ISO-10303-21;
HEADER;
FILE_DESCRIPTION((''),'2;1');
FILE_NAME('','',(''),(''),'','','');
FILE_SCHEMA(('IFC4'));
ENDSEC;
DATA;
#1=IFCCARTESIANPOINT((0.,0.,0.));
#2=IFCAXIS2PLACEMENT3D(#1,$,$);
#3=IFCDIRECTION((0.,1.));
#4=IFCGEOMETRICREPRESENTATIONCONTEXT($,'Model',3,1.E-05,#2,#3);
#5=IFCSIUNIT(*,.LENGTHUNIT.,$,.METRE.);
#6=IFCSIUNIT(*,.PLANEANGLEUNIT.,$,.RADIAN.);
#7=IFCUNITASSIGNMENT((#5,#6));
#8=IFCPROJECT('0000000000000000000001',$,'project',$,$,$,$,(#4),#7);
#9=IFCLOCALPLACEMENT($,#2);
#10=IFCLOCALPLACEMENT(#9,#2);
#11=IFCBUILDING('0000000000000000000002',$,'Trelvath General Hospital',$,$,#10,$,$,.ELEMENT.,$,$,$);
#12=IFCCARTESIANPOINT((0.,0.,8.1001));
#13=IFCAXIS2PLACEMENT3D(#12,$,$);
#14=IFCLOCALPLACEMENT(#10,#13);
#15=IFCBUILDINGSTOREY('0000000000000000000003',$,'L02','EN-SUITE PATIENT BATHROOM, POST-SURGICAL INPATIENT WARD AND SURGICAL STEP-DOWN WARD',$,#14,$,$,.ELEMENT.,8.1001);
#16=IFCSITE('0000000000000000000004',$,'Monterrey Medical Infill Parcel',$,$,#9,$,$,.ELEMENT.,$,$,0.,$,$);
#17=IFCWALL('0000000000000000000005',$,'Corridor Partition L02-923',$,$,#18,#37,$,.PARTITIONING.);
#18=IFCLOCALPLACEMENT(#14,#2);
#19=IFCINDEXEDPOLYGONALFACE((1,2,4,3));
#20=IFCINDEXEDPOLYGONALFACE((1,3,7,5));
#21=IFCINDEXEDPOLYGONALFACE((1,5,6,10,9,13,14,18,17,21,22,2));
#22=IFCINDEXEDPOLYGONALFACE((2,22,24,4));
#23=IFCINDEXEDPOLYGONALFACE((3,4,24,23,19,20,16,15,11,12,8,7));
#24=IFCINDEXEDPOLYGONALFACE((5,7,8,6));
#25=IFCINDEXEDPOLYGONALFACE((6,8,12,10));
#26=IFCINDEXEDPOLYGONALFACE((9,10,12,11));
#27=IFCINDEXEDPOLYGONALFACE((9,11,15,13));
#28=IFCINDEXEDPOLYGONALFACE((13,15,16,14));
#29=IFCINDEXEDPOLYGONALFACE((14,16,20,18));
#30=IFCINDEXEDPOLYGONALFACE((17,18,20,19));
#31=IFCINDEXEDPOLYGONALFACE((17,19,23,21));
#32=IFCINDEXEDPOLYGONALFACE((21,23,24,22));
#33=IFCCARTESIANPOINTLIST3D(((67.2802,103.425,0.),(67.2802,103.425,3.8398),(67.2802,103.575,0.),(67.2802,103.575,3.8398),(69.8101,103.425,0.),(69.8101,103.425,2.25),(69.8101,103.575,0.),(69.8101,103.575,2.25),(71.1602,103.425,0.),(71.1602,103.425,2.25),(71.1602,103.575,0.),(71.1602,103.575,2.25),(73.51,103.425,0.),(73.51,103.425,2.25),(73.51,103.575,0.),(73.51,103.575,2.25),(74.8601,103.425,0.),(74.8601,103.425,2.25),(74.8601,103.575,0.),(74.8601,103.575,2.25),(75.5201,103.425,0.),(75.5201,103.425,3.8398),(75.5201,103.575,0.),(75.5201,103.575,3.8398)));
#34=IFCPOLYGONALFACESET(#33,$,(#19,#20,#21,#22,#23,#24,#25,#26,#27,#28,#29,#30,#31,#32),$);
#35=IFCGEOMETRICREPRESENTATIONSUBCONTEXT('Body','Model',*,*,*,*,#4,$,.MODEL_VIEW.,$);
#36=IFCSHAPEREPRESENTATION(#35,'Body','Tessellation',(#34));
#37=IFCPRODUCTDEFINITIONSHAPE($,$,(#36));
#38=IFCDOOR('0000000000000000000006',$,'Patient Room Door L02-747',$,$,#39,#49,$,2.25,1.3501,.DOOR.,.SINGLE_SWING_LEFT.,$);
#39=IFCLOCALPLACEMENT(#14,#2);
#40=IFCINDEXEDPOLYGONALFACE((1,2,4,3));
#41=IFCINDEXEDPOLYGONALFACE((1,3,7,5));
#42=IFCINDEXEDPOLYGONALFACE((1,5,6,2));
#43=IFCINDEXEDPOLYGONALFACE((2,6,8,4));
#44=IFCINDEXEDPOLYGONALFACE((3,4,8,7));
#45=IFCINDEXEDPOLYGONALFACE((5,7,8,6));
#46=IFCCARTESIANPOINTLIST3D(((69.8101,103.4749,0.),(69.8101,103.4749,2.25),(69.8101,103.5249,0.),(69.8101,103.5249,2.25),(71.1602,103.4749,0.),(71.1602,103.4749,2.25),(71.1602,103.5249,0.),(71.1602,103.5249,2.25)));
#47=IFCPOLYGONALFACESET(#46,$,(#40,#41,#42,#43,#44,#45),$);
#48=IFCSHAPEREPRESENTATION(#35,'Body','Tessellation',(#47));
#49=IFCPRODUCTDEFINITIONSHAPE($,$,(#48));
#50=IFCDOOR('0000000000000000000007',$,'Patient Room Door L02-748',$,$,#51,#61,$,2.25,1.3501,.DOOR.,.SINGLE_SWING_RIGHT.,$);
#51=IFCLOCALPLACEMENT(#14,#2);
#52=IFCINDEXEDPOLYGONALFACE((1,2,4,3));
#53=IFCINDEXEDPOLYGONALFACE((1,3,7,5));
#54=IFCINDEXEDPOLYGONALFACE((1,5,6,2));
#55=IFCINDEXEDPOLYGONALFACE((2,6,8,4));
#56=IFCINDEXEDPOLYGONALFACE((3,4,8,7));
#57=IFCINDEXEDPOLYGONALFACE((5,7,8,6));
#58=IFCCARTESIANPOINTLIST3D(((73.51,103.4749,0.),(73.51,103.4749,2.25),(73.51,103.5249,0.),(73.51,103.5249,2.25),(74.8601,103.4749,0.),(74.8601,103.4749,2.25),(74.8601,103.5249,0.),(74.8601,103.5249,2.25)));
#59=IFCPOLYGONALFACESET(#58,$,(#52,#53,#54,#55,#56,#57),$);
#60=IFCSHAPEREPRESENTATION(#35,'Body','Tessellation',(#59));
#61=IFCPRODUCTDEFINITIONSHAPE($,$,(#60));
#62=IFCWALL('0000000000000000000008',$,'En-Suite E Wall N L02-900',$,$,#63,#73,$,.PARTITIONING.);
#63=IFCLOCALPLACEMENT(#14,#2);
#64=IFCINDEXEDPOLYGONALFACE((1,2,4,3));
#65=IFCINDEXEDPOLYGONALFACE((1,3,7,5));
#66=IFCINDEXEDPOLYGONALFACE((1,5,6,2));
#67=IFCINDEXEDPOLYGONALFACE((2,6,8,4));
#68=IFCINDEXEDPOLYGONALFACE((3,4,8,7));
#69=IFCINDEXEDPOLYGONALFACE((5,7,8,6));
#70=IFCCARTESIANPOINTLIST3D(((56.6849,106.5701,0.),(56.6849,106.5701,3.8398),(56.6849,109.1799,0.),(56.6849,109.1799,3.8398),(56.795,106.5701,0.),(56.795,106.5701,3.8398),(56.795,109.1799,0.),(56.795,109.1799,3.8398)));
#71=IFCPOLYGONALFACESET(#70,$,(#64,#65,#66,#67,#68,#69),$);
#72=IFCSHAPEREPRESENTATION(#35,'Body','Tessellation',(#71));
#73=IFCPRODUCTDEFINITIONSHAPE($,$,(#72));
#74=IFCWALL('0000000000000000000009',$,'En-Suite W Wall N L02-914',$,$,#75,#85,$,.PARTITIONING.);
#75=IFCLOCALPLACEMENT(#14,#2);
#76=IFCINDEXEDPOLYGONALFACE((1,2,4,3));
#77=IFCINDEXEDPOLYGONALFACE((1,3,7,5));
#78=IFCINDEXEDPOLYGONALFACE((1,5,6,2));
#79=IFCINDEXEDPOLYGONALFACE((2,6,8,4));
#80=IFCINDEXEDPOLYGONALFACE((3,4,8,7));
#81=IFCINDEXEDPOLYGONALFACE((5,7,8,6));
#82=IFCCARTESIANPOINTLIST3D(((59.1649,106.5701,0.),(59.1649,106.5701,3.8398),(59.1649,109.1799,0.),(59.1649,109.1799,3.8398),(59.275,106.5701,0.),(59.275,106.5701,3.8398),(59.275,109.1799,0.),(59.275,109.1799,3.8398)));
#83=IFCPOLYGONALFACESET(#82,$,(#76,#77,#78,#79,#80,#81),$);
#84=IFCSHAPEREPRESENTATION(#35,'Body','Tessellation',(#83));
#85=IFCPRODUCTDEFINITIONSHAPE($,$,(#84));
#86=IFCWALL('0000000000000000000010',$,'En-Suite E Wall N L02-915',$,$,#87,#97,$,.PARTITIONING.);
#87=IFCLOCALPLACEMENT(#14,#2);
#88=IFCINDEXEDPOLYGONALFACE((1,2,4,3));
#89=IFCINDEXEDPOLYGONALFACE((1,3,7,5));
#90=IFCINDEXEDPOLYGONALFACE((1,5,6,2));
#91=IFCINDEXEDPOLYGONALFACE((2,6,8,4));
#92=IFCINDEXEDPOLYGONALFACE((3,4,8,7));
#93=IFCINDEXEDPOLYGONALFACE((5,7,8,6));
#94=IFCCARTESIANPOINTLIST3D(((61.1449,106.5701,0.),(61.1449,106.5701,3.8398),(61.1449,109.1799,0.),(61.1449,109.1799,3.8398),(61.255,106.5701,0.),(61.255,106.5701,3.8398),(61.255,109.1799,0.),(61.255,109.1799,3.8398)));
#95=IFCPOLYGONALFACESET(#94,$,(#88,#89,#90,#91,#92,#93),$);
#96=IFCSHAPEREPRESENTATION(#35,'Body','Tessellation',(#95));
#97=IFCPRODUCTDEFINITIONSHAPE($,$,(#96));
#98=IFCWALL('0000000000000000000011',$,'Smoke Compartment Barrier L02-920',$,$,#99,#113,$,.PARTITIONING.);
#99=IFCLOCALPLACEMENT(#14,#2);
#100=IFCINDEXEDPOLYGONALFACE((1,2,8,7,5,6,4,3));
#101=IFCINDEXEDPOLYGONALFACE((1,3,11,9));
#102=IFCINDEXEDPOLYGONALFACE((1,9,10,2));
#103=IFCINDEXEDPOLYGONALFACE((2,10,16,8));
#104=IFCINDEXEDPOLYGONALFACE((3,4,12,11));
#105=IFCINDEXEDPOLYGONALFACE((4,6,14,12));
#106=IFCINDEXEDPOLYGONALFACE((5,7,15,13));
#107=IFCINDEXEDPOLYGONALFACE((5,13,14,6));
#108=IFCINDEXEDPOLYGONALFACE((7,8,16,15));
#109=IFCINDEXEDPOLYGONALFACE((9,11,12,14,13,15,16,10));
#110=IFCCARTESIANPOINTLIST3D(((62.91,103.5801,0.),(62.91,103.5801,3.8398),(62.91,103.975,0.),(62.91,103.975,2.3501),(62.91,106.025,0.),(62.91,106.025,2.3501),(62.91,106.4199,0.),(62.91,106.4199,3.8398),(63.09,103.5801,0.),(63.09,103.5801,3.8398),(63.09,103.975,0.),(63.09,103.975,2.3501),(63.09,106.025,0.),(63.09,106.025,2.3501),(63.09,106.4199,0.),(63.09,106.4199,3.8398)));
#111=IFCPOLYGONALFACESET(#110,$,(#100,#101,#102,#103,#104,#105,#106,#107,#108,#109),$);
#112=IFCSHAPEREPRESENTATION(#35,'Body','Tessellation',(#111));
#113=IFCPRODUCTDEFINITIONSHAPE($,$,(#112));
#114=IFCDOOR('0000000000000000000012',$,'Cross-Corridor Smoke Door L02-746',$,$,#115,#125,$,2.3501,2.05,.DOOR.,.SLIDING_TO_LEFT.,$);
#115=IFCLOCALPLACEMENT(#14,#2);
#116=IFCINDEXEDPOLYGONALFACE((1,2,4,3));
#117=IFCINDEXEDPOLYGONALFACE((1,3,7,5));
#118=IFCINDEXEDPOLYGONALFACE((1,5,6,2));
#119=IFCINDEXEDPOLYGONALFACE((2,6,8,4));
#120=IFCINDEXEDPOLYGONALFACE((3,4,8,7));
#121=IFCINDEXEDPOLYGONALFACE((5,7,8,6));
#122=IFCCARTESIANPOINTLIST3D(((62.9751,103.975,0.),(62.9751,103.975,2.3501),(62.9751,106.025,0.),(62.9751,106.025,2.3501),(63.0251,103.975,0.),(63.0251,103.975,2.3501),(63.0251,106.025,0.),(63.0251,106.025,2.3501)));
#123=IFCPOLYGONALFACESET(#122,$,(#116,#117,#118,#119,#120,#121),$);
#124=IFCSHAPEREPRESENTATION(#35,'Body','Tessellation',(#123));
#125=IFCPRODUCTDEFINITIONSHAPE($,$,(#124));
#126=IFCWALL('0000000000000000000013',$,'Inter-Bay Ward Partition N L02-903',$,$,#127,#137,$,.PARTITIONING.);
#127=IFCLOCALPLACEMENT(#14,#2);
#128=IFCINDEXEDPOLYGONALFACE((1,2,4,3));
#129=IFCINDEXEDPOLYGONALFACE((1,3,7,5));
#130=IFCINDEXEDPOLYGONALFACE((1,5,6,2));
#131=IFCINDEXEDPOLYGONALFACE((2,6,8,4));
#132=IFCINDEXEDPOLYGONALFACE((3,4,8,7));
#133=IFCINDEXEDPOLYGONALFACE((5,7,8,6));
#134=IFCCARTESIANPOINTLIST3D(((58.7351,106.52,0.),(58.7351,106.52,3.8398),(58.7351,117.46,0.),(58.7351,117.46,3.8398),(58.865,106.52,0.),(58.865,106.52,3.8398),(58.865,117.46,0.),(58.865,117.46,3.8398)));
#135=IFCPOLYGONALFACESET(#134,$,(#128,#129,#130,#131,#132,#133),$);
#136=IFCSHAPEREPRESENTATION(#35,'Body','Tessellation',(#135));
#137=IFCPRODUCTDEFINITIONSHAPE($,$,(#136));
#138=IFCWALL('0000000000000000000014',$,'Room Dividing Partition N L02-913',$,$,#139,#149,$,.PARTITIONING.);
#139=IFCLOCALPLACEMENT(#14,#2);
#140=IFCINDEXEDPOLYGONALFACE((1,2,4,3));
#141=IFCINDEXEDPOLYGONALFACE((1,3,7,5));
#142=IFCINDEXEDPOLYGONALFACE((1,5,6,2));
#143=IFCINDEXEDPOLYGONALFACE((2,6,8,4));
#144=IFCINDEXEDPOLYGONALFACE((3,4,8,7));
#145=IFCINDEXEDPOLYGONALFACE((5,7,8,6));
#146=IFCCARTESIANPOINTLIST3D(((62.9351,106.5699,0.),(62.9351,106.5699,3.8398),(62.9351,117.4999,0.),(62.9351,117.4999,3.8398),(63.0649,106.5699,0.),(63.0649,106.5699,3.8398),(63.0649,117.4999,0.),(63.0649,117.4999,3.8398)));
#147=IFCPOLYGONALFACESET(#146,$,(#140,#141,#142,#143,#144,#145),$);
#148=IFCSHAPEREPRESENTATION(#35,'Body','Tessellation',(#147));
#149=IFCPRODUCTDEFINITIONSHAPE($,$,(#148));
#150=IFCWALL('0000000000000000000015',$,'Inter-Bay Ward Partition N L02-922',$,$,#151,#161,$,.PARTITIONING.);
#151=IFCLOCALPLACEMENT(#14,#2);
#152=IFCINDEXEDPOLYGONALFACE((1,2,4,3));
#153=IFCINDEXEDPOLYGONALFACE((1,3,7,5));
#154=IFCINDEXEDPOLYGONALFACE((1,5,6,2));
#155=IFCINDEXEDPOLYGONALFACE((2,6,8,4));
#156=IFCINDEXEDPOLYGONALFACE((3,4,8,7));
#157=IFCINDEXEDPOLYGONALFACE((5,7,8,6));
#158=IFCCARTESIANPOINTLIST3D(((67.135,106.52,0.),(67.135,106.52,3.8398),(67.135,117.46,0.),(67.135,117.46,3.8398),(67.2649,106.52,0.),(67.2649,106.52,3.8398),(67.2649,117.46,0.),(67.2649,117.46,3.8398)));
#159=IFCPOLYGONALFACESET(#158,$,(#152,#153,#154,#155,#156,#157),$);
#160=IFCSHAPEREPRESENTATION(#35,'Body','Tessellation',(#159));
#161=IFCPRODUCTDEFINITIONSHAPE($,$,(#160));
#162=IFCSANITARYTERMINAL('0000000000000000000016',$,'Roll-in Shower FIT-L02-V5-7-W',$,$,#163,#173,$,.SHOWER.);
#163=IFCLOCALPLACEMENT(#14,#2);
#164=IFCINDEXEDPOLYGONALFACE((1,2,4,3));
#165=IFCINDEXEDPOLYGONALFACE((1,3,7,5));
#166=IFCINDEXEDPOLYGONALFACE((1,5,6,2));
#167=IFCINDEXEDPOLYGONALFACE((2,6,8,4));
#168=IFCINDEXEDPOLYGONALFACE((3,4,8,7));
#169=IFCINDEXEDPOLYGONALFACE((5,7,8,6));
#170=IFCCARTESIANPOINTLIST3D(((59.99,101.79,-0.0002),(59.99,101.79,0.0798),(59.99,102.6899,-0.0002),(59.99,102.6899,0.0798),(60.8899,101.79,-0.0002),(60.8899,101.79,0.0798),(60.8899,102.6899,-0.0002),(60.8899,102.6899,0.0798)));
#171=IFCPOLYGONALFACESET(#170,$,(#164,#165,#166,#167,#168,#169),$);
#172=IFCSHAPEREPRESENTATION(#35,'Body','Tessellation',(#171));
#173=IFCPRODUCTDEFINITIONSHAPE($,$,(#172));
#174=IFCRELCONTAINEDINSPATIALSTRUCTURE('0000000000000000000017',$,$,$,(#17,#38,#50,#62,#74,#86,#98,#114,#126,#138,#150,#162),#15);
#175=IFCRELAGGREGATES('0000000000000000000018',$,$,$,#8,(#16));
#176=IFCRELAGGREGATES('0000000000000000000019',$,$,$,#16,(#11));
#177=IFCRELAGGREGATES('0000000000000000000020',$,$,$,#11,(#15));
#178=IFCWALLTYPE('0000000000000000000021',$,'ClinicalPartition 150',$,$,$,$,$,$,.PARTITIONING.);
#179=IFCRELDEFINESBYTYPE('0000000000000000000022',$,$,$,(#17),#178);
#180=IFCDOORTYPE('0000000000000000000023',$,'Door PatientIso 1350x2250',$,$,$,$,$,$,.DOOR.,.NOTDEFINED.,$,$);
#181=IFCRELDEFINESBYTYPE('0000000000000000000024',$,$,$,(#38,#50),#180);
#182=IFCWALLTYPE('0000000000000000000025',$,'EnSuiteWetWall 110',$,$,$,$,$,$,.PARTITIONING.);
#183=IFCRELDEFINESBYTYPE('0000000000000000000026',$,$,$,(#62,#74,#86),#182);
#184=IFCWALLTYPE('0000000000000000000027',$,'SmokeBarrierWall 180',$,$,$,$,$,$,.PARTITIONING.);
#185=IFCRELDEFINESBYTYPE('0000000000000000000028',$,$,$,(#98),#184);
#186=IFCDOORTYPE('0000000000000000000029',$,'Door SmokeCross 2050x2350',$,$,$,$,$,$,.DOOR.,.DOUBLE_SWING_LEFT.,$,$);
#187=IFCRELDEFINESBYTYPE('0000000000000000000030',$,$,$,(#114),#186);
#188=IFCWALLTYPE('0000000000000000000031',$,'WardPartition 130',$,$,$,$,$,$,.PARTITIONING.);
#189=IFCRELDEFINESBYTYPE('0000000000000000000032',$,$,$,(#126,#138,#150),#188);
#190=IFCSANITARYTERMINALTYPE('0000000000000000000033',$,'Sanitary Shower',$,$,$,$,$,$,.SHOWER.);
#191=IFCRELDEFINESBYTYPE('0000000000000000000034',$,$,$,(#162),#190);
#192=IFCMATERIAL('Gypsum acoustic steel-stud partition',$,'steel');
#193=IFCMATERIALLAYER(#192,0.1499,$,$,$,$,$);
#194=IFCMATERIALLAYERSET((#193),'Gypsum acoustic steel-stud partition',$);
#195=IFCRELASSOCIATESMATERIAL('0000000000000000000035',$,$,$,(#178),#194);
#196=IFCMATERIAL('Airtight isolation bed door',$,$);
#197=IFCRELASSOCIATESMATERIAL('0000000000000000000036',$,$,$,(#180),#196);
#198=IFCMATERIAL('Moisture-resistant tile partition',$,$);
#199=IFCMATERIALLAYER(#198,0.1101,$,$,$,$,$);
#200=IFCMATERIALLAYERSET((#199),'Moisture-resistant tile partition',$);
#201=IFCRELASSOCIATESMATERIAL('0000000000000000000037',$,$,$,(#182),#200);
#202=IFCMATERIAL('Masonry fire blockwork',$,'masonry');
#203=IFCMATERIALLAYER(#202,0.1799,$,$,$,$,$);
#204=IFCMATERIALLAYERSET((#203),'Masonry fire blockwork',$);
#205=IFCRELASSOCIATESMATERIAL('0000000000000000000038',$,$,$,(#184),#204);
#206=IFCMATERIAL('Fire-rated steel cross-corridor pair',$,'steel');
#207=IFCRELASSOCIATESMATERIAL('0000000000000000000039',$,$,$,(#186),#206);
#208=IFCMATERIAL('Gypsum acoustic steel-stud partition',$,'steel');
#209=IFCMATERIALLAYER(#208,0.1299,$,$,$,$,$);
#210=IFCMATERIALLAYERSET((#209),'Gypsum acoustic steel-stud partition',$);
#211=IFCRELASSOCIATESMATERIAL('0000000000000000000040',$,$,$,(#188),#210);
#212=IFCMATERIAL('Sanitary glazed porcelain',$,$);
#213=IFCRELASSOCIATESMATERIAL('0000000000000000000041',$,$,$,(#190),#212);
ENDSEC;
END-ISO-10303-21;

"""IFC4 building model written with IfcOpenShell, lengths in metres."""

from ifc_helpers import new_model, si_unit, direction, frame, frame_2d, origin, origin_2d, place, context, subcontext, project, spatial, rectangle, extrude, material, layer, layer_set, type_object, element, fill, save


model = new_model("IFC4")

# Units and contexts
model_context = context("Model", 3, precision=1e-05, world=origin(), true_north=direction((0.0, 1.0)))
body_context = subcontext(model_context, "Body", "Model", "MODEL_VIEW")
ifc_project = project(units=[si_unit("LENGTHUNIT", "METRE"), si_unit("PLANEANGLEUNIT", "RADIAN")], contexts=[model_context])

# Site, building, storey
site_placement = place(None, origin())
site = spatial("IfcSite", under=ifc_project, at=site_placement, Name="Monterrey Medical Infill Parcel", CompositionType="ELEMENT", RefElevation=0.0)
building_placement = place(site_placement, origin())
building = spatial("IfcBuilding", under=site, at=building_placement, Name="Trelvath General Hospital", CompositionType="ELEMENT")
storey_placement = place(building_placement, frame((0.0, 0.0, 8.1001)))
storey = spatial("IfcBuildingStorey", under=building, at=storey_placement, Name="L02", Description="EN-SUITE PATIENT BATHROOM, POST-SURGICAL INPATIENT WARD AND SURGICAL STEP-DOWN WARD", CompositionType="ELEMENT", Elevation=8.1001)

# Wall, openings, doors
ifc_material_1 = material(Name="Gypsum acoustic steel-stud partition", Category="steel")
ifc_layer_1 = layer(ifc_material_1, 0.1499)
ifc_layer_set_1 = layer_set([ifc_layer_1], Name="Gypsum acoustic steel-stud partition")
wall_type_1 = type_object("IfcWallType", Name="ClinicalPartition 150", PredefinedType="PARTITIONING", material=ifc_layer_set_1)
wall_1_placement = place(storey_placement, frame((67.28, 103.5, 0.0), z_axis=(0.0, 0.0, 1.0), x_axis=(1.0, 0.0, 0.0)))
wall_1 = element("IfcWall", 1, at=wall_1_placement, inside=storey, type_object=wall_type_1, Name="Corridor Partition L02-923", PredefinedType="PARTITIONING", context=body_context, shape_type="SweptSolid", body=[
    extrude(rectangle(XDim=8.24, YDim=0.1499, at=frame_2d((4.1201, 0.0))), origin(), (0.0, 0.0, 1.0), 3.8398),
])
opening_1_placement = place(wall_1_placement, frame((2.53, 0.0, 0.0)))
opening_1 = element("IfcOpeningElement", 2, at=opening_1_placement, cuts=wall_1, PredefinedType="OPENING", context=body_context, shape_type="SweptSolid", body=[
    extrude(rectangle(XDim=1.3501, YDim=2.25, at=frame_2d((0.675, 1.125))), frame((0.0, 0.085, 0.0), z_axis=(0.0, -1.0, 0.0), x_axis=(1.0, 0.0, 0.0)), (0.0, 0.0, 1.0), 0.1699),
])
opening_2_placement = place(wall_1_placement, frame((6.23, 0.0, 0.0)))
opening_2 = element("IfcOpeningElement", 3, at=opening_2_placement, cuts=wall_1, PredefinedType="OPENING", context=body_context, shape_type="SweptSolid", body=[
    extrude(rectangle(XDim=1.3501, YDim=2.25, at=frame_2d((0.675, 1.125))), frame((0.0, 0.085, 0.0), z_axis=(0.0, -1.0, 0.0), x_axis=(1.0, 0.0, 0.0)), (0.0, 0.0, 1.0), 0.1699),
])
ifc_material_2 = material(Name="Airtight isolation bed door")
door_type_1 = type_object("IfcDoorType", Name="Door PatientIso 1350x2250", OperationType="NOTDEFINED", PredefinedType="DOOR", material=ifc_material_2)
door_1_placement = place(opening_1_placement, origin())
door_1 = element("IfcDoor", 4, at=door_1_placement, inside=storey, type_object=door_type_1, Name="Patient Room Door L02-747", OperationType="SINGLE_SWING_LEFT", OverallHeight=2.25, OverallWidth=1.3501, PredefinedType="DOOR", context=body_context, shape_type="SweptSolid", body=[
    extrude(rectangle(XDim=1.3501, YDim=2.25, at=frame_2d((0.675, 1.125))), frame((0.0, 0.0249, 0.0), z_axis=(0.0, -1.0, 0.0), x_axis=(1.0, 0.0, 0.0)), (0.0, 0.0, 1.0), 0.05),
])
fill(opening_1, door_1)
door_2_placement = place(opening_2_placement, origin())
door_2 = element("IfcDoor", 5, at=door_2_placement, inside=storey, type_object=door_type_1, Name="Patient Room Door L02-748", OperationType="SINGLE_SWING_RIGHT", OverallHeight=2.25, OverallWidth=1.3501, PredefinedType="DOOR", context=body_context, shape_type="SweptSolid", body=[
    extrude(rectangle(XDim=1.3501, YDim=2.25, at=frame_2d((0.675, 1.125))), frame((0.0, 0.0249, 0.0), z_axis=(0.0, -1.0, 0.0), x_axis=(1.0, 0.0, 0.0)), (0.0, 0.0, 1.0), 0.05),
])
fill(opening_2, door_2)

# Walls
ifc_material_3 = material(Name="Moisture-resistant tile partition")
ifc_layer_2 = layer(ifc_material_3, 0.1101)
ifc_layer_set_2 = layer_set([ifc_layer_2], Name="Moisture-resistant tile partition")
wall_type_2 = type_object("IfcWallType", Name="EnSuiteWetWall 110", PredefinedType="PARTITIONING", material=ifc_layer_set_2)
for number, where, z_axis, x_axis, name in (
    (6, (56.74, 106.5701, 0.0), (0.0, 0.0, 1.0), (0.0, 1.0, 0.0), "En-Suite E Wall N L02-900"),
    (7, (59.22, 106.5701, 0.0), (0.0, 0.0, 1.0), (0.0, 1.0, 0.0), "En-Suite W Wall N L02-914"),
    (8, (61.2, 106.5701, 0.0), (0.0, 0.0, 1.0), (0.0, 1.0, 0.0), "En-Suite E Wall N L02-915"),
):
    element("IfcWall", number, at=place(storey_placement, frame(where, z_axis=z_axis, x_axis=x_axis)), inside=storey, type_object=wall_type_2, Name=name, PredefinedType="PARTITIONING", context=body_context, shape_type="SweptSolid", body=[
        extrude(rectangle(XDim=2.6099, YDim=0.1101, at=frame_2d((1.3049, 0.0))), origin(), (0.0, 0.0, 1.0), 3.8398),
    ])

# Wall, opening, door
ifc_material_4 = material(Name="Masonry fire blockwork", Category="masonry")
ifc_layer_3 = layer(ifc_material_4, 0.1799)
ifc_layer_set_3 = layer_set([ifc_layer_3], Name="Masonry fire blockwork")
wall_type_3 = type_object("IfcWallType", Name="SmokeBarrierWall 180", PredefinedType="PARTITIONING", material=ifc_layer_set_3)
wall_2_placement = place(storey_placement, frame((63.0, 103.5801, 0.0), z_axis=(0.0, 0.0, 1.0), x_axis=(0.0, 1.0, 0.0)))
wall_2 = element("IfcWall", 9, at=wall_2_placement, inside=storey, type_object=wall_type_3, Name="Smoke Compartment Barrier L02-920", PredefinedType="PARTITIONING", context=body_context, shape_type="SweptSolid", body=[
    extrude(rectangle(XDim=2.8398, YDim=0.1799, at=frame_2d((1.4199, 0.0))), origin(), (0.0, 0.0, 1.0), 3.8398),
])
opening_3_placement = place(wall_2_placement, frame((0.395, 0.0, 0.0)))
opening_3 = element("IfcOpeningElement", 10, at=opening_3_placement, cuts=wall_2, PredefinedType="OPENING", context=body_context, shape_type="SweptSolid", body=[
    extrude(rectangle(XDim=2.05, YDim=2.3501, at=frame_2d((1.0249, 1.175))), frame((0.0, 0.0999, 0.0), z_axis=(0.0, -1.0, 0.0), x_axis=(1.0, 0.0, 0.0)), (0.0, 0.0, 1.0), 0.2),
])
ifc_material_5 = material(Name="Fire-rated steel cross-corridor pair", Category="steel")
door_type_2 = type_object("IfcDoorType", Name="Door SmokeCross 2050x2350", OperationType="DOUBLE_SWING_LEFT", PredefinedType="DOOR", material=ifc_material_5)
door_3_placement = place(opening_3_placement, origin())
door_3 = element("IfcDoor", 11, at=door_3_placement, inside=storey, type_object=door_type_2, Name="Cross-Corridor Smoke Door L02-746", OperationType="SLIDING_TO_LEFT", OverallHeight=2.3501, OverallWidth=2.05, PredefinedType="DOOR", context=body_context, shape_type="SweptSolid", body=[
    extrude(rectangle(XDim=2.05, YDim=2.3501, at=frame_2d((1.0249, 1.175))), frame((0.0, 0.0249, 0.0), z_axis=(0.0, -1.0, 0.0), x_axis=(1.0, 0.0, 0.0)), (0.0, 0.0, 1.0), 0.05),
])
fill(opening_3, door_3)

# Walls
ifc_material_6 = material(Name="Gypsum acoustic steel-stud partition", Category="steel")
ifc_layer_4 = layer(ifc_material_6, 0.1299)
ifc_layer_set_4 = layer_set([ifc_layer_4], Name="Gypsum acoustic steel-stud partition")
wall_type_4 = type_object("IfcWallType", Name="WardPartition 130", PredefinedType="PARTITIONING", material=ifc_layer_set_4)
wall_3_placement = place(storey_placement, frame((58.8, 106.52, 0.0), z_axis=(0.0, 0.0, 1.0), x_axis=(0.0, 1.0, 0.0)))
element("IfcWall", 12, at=wall_3_placement, inside=storey, type_object=wall_type_4, Name="Inter-Bay Ward Partition N L02-903", PredefinedType="PARTITIONING", context=body_context, shape_type="SweptSolid", body=[
    extrude(rectangle(XDim=10.9399, YDim=0.1299, at=frame_2d((5.47, 0.0))), origin(), (0.0, 0.0, 1.0), 3.8398),
])
wall_4_placement = place(storey_placement, frame((63.0, 106.5701, 0.0), z_axis=(0.0, 0.0, 1.0), x_axis=(0.0, 1.0, 0.0)))
element("IfcWall", 13, at=wall_4_placement, inside=storey, type_object=wall_type_4, Name="Room Dividing Partition N L02-913", PredefinedType="PARTITIONING", context=body_context, shape_type="SweptSolid", body=[
    extrude(rectangle(XDim=10.9299, YDim=0.1299, at=frame_2d((5.4648, 0.0))), origin(), (0.0, 0.0, 1.0), 3.8398),
])
wall_5_placement = place(storey_placement, frame((67.2, 106.52, 0.0), z_axis=(0.0, 0.0, 1.0), x_axis=(0.0, 1.0, 0.0)))
element("IfcWall", 14, at=wall_5_placement, inside=storey, type_object=wall_type_4, Name="Inter-Bay Ward Partition N L02-922", PredefinedType="PARTITIONING", context=body_context, shape_type="SweptSolid", body=[
    extrude(rectangle(XDim=10.9399, YDim=0.1299, at=frame_2d((5.47, 0.0))), origin(), (0.0, 0.0, 1.0), 3.8398),
])

# Sanitary terminal
ifc_material_7 = material(Name="Sanitary glazed porcelain")
sanitary_terminal_type_1 = type_object("IfcSanitaryTerminalType", Name="Sanitary Shower", PredefinedType="SHOWER", material=ifc_material_7)
sanitary_terminal_1_placement = place(storey_placement, frame((60.4399, 102.24, -0.0002), z_axis=(0.0, 0.0, 1.0), x_axis=(1.0, 0.0, 0.0)))
element("IfcSanitaryTerminal", 15, at=sanitary_terminal_1_placement, inside=storey, type_object=sanitary_terminal_type_1, Name="Roll-in Shower FIT-L02-V5-7-W", PredefinedType="SHOWER", context=body_context, shape_type="SweptSolid", body=[
    extrude(rectangle(XDim=0.8999, YDim=0.8999, at=origin_2d()), origin(), (0.0, 0.0, 1.0), 0.0801),
])

save(model, "model.ifc")
